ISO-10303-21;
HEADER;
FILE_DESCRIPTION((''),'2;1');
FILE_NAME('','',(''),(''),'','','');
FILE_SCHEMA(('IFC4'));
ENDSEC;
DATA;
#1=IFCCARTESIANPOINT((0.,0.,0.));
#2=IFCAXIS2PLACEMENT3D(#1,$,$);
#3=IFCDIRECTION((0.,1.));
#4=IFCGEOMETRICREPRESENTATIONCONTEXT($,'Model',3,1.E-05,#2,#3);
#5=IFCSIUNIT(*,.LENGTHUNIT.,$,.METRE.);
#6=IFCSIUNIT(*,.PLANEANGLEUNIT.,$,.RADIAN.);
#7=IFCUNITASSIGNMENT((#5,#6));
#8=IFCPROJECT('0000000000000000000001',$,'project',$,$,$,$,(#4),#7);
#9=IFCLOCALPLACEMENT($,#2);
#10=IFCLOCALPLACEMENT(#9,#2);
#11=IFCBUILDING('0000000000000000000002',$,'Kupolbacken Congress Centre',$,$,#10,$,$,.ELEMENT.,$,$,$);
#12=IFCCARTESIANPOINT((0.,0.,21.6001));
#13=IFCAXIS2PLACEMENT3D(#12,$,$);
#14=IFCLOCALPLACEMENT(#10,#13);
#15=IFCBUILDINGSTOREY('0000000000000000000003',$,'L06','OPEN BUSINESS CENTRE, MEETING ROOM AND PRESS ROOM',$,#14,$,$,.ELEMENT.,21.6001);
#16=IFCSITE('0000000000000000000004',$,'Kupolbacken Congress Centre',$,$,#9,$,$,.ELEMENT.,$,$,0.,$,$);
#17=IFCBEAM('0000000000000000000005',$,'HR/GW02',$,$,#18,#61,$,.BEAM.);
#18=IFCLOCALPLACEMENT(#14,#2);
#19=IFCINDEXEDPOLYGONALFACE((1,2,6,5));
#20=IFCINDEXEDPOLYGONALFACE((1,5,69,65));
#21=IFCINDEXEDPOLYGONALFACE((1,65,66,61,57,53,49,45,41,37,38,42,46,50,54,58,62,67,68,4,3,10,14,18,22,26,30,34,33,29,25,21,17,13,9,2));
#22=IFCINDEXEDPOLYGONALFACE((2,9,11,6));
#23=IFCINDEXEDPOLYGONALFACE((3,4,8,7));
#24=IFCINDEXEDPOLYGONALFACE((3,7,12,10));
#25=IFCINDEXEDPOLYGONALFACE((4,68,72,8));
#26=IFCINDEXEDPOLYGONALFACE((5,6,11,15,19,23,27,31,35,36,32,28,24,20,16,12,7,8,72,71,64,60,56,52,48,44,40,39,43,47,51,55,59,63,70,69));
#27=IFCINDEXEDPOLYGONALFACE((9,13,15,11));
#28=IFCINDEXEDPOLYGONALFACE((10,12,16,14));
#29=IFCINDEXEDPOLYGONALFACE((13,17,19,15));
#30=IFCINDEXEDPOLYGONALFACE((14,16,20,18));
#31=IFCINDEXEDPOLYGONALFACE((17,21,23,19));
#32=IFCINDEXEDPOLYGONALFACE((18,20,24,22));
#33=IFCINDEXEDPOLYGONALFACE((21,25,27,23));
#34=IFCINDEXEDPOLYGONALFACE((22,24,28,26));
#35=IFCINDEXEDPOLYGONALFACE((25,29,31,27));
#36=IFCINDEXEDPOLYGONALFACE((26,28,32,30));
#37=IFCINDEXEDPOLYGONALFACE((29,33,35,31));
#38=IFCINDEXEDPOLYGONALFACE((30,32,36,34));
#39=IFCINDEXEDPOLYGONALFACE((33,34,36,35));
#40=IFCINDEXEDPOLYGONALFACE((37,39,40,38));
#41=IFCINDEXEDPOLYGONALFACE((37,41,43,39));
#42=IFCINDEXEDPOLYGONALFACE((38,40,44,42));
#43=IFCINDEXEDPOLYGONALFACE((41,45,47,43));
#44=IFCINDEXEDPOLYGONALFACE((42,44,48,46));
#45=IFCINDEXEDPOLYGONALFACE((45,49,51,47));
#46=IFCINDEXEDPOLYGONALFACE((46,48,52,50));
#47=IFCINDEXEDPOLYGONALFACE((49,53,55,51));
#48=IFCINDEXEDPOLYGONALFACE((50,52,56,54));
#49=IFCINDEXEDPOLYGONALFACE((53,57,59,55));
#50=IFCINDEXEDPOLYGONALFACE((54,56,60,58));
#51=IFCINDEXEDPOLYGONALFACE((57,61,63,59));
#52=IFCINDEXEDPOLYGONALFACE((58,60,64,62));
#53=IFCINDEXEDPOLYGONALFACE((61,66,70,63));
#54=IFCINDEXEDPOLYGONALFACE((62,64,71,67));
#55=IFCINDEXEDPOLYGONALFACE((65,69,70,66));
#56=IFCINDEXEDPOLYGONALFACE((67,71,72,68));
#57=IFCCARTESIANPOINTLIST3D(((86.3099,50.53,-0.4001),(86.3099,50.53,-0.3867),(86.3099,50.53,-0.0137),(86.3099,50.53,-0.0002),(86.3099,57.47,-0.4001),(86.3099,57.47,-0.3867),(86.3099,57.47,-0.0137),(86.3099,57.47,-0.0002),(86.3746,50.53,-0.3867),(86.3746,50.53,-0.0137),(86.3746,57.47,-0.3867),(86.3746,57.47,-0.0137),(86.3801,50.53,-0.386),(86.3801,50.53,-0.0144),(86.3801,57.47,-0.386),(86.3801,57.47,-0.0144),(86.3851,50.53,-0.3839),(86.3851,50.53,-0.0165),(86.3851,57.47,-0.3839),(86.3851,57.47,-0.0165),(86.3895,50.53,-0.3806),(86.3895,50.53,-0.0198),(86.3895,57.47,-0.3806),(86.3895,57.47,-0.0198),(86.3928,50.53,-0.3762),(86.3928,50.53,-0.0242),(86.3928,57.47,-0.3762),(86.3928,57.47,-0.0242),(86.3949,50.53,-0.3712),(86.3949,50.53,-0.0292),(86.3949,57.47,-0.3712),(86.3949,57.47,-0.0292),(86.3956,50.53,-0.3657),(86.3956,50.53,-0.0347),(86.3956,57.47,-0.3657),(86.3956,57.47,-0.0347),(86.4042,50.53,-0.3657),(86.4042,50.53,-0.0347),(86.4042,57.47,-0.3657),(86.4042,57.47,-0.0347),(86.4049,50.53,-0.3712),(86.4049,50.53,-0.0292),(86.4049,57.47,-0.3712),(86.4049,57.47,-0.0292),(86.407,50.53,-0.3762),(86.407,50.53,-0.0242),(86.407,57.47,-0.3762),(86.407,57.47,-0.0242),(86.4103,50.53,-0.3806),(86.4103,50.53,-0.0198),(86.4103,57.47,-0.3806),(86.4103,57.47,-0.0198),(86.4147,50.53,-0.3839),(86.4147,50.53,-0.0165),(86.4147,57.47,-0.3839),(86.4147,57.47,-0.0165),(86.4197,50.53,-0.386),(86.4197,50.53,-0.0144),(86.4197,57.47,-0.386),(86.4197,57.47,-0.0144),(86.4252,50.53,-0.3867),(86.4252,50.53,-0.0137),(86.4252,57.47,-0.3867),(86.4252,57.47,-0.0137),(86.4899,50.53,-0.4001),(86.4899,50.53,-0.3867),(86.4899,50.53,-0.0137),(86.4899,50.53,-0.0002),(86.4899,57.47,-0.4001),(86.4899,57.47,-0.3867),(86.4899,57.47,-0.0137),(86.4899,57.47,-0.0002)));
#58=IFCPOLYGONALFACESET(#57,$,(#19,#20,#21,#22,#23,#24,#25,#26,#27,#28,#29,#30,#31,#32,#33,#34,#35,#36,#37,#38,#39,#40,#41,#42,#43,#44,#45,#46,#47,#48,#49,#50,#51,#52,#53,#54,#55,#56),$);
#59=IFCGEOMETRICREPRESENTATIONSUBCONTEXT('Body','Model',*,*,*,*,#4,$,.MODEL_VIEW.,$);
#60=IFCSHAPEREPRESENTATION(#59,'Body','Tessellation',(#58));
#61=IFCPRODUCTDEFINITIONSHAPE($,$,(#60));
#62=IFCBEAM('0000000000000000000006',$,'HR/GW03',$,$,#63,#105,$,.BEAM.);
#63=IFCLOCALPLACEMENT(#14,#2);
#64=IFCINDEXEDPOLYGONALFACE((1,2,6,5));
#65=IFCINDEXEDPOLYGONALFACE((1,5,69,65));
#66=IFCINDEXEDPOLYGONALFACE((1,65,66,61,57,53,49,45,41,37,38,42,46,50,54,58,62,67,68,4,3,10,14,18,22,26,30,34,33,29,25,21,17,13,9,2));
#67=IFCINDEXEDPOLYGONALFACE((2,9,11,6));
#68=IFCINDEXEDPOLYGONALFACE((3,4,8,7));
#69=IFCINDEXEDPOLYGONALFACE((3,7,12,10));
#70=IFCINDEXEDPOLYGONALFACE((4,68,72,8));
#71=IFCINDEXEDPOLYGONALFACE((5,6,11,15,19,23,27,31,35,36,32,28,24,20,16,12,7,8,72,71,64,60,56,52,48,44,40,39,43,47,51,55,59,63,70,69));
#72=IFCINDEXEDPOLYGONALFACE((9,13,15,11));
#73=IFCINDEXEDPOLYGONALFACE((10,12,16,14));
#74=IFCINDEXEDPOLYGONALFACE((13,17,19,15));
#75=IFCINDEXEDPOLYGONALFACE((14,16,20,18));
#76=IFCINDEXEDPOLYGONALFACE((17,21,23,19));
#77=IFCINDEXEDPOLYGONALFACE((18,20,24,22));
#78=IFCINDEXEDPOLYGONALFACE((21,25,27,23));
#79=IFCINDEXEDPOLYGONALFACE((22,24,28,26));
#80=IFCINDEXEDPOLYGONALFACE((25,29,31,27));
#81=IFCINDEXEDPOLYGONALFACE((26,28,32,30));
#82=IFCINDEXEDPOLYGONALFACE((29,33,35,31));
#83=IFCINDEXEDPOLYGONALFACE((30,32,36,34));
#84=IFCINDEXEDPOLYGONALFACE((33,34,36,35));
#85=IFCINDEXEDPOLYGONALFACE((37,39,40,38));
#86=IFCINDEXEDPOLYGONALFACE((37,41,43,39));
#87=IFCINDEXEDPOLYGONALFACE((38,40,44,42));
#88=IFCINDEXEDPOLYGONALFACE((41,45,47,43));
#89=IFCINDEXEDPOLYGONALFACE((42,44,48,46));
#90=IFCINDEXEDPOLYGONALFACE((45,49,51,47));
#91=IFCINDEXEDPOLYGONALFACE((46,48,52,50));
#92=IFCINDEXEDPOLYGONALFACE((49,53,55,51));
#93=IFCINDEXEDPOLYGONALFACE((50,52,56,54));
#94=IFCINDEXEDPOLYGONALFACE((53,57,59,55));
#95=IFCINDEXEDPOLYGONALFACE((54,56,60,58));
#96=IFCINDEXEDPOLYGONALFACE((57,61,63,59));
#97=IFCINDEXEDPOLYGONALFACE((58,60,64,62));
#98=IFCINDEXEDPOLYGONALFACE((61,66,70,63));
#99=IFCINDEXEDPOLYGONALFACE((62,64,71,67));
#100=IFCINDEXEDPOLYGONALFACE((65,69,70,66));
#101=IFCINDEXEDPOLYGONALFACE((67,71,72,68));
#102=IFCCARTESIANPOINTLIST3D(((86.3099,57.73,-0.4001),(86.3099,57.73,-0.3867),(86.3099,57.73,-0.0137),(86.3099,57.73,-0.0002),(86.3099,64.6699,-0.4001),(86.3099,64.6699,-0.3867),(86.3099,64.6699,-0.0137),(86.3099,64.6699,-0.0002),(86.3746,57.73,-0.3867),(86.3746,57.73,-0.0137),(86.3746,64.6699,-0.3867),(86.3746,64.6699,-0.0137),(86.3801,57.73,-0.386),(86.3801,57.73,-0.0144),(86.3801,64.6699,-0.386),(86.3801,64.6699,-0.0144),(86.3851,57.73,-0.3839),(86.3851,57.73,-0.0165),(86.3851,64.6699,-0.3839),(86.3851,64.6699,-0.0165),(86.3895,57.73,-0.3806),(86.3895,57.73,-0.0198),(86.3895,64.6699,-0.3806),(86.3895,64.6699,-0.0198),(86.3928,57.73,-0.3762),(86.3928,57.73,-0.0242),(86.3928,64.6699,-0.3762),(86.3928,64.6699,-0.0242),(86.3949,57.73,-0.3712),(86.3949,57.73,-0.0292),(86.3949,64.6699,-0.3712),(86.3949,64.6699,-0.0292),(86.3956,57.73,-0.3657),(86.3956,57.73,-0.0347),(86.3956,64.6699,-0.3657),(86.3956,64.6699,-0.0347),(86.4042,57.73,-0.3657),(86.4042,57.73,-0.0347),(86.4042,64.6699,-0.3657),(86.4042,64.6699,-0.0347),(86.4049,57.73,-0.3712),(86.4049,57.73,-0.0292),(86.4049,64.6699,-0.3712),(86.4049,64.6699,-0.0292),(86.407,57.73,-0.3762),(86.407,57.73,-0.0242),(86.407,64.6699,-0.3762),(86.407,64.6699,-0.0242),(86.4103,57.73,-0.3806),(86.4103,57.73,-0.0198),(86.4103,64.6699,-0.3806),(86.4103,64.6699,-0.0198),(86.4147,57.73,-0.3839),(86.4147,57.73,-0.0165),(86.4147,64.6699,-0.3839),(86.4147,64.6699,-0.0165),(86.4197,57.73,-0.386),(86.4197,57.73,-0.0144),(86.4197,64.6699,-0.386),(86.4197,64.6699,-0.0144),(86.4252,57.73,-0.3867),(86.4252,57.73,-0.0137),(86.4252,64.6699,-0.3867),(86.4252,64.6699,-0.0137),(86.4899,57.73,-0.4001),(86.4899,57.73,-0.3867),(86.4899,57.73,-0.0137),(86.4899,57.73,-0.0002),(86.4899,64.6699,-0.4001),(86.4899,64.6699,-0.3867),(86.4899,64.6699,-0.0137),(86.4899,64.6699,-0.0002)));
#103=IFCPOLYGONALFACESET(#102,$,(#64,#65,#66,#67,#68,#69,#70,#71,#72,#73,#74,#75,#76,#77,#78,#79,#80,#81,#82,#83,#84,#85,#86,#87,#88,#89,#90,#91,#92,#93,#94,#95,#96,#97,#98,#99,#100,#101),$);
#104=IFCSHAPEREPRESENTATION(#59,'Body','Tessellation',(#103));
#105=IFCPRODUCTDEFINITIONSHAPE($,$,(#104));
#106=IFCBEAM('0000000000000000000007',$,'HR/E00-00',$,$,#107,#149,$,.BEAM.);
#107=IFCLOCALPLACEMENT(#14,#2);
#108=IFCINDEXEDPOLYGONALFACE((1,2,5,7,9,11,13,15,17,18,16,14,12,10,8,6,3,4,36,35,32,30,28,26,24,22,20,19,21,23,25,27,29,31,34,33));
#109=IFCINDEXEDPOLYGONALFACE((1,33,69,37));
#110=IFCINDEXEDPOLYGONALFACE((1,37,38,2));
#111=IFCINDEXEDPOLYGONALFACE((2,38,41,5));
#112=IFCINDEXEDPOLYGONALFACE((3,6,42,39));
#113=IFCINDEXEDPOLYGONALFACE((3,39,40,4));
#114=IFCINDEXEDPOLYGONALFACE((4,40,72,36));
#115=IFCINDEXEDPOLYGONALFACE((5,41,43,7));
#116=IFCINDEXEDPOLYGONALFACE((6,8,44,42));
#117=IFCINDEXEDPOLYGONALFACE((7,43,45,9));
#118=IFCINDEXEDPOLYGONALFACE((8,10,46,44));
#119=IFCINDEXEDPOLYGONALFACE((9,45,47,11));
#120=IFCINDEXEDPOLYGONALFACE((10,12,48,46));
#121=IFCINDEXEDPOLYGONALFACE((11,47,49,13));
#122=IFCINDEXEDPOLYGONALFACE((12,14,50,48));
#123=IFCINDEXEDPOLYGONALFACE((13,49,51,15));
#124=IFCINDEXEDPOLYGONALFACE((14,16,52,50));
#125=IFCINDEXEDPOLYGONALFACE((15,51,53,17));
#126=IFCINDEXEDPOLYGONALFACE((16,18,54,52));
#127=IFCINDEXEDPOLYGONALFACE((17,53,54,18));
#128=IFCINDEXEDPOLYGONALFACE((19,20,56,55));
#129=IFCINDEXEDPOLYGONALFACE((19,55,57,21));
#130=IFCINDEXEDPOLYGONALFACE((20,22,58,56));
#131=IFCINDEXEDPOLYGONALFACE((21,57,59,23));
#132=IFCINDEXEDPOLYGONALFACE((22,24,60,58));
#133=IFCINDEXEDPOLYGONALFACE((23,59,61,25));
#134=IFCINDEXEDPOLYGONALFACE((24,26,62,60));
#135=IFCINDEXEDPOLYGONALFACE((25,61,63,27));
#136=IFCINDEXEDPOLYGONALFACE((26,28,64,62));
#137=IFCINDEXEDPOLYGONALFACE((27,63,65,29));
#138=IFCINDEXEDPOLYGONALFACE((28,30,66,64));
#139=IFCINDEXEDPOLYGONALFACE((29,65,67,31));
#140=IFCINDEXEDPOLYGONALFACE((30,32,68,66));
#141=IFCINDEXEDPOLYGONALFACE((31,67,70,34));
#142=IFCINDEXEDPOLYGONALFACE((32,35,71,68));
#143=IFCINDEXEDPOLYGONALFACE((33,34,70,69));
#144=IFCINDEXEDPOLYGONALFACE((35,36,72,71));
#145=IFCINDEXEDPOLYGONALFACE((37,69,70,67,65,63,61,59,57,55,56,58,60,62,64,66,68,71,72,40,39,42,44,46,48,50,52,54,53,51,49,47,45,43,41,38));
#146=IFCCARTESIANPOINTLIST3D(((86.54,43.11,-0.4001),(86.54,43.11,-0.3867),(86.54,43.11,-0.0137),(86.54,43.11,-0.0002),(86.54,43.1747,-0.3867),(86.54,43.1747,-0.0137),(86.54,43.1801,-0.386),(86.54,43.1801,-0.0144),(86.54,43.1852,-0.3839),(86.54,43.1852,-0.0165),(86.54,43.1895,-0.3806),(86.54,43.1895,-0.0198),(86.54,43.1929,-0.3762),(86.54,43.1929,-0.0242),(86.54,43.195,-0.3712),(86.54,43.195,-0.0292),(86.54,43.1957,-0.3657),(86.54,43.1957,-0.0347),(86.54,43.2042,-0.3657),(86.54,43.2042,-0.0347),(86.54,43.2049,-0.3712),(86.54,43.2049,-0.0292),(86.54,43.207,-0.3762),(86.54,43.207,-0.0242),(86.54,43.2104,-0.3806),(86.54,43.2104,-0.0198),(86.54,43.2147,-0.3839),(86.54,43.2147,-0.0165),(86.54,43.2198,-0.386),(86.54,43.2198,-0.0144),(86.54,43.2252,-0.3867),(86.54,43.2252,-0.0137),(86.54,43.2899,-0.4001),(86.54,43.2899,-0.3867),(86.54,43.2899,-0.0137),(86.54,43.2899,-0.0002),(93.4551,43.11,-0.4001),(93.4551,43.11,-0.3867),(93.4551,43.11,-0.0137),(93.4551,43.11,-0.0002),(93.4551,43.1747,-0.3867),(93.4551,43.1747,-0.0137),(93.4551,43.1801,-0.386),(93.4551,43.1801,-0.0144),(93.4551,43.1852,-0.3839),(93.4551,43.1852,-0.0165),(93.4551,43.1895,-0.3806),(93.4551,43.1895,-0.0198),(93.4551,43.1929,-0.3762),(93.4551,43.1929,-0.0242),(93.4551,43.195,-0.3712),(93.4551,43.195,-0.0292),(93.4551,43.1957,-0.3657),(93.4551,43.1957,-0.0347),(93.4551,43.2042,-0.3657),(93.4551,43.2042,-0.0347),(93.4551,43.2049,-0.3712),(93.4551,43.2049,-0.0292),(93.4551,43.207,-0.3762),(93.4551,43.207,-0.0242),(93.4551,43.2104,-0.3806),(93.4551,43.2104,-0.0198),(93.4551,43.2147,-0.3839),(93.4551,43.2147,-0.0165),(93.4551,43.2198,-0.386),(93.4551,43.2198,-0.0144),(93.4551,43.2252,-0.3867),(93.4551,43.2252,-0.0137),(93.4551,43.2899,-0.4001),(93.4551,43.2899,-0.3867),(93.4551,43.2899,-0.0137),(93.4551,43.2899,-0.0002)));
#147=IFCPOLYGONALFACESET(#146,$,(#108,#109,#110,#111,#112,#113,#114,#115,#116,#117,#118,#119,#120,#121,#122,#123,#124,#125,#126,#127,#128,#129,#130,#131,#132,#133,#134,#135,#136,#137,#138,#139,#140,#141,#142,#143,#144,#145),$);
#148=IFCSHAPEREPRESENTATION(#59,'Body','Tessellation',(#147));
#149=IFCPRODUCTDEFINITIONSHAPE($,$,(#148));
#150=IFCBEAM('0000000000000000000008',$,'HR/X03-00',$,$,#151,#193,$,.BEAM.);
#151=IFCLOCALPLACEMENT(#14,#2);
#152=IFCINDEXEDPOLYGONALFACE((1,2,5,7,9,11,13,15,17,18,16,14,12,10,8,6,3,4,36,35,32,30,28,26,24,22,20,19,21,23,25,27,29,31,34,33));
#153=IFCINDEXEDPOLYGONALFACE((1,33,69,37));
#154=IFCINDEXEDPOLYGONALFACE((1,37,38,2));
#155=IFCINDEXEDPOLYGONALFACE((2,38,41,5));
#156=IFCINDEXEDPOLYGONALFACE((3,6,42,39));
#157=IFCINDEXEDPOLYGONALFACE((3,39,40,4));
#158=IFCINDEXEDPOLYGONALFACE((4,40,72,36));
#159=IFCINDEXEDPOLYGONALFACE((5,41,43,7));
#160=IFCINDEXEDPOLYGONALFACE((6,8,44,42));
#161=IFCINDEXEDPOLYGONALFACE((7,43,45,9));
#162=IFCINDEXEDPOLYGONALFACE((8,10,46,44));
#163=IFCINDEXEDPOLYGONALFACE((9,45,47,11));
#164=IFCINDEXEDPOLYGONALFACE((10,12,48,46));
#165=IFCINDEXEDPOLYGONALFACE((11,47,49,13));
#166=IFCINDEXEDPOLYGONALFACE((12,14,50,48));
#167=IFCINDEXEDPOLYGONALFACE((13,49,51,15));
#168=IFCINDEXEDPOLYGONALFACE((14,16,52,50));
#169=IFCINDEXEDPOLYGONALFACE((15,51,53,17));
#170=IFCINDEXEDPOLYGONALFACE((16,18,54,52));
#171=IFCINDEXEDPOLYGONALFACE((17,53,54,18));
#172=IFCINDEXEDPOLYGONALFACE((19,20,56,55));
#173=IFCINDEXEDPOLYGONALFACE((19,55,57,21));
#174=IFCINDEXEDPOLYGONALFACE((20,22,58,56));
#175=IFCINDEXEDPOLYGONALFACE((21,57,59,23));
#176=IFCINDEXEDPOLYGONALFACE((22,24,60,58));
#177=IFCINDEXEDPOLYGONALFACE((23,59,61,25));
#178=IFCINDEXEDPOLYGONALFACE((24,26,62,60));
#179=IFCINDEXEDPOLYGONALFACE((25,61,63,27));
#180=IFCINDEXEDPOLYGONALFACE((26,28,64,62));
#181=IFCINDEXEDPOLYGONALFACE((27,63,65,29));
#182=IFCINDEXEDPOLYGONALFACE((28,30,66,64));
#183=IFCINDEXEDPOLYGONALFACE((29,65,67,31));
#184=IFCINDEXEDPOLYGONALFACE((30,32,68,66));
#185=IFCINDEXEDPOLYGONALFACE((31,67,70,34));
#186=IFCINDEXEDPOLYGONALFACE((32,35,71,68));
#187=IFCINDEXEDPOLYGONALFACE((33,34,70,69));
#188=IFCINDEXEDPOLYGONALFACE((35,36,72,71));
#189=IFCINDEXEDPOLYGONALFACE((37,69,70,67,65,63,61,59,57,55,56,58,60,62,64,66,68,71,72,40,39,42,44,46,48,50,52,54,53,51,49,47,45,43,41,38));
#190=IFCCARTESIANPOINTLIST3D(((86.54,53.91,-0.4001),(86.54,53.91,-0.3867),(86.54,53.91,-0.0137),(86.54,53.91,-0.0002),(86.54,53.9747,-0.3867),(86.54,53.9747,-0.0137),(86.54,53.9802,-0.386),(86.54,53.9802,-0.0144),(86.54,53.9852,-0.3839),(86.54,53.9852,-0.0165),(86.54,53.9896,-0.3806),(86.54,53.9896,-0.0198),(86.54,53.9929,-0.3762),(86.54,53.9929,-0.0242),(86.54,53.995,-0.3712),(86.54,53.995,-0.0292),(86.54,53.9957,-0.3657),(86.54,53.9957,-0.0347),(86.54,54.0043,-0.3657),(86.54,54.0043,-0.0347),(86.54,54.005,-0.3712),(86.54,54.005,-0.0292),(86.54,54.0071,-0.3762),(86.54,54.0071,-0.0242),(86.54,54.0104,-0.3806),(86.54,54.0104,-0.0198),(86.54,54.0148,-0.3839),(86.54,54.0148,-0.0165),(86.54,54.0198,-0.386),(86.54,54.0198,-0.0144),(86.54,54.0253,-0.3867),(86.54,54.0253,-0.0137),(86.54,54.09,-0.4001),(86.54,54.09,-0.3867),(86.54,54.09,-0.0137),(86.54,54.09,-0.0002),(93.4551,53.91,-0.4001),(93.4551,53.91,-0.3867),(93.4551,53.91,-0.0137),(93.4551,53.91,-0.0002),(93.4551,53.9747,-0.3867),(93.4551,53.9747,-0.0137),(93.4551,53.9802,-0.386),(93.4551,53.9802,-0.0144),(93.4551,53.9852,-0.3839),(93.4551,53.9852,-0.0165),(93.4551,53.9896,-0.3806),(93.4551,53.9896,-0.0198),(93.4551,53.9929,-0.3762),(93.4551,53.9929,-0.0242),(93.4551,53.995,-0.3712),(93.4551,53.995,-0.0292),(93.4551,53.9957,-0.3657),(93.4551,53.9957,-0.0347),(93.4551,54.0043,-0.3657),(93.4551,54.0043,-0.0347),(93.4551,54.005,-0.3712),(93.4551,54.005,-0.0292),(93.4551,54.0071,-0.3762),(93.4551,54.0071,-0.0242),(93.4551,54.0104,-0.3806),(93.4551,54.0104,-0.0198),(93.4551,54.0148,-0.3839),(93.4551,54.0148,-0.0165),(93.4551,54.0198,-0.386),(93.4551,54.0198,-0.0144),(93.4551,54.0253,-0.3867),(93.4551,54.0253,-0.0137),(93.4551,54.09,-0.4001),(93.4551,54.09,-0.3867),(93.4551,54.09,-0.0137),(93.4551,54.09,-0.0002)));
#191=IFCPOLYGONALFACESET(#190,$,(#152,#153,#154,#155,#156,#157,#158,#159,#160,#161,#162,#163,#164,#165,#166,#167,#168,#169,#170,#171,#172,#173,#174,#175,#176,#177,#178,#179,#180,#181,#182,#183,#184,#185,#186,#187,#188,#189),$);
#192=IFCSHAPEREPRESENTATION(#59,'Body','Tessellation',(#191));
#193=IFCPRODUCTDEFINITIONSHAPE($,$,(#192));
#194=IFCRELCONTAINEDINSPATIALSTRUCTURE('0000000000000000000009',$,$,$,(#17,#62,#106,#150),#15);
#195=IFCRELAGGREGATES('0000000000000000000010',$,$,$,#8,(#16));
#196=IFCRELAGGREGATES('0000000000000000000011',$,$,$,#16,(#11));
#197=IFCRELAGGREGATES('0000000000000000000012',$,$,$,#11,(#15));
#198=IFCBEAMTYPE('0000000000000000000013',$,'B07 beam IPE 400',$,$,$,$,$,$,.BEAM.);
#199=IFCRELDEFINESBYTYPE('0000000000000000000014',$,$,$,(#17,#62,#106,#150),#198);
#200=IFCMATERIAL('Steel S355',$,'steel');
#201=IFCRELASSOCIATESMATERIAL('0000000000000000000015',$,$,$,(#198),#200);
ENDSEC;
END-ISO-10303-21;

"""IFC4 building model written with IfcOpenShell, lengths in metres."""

from ifc_helpers import new_model, si_unit, direction, frame, origin, origin_2d, place, context, subcontext, project, spatial, i_section, extrude, material, material_profile, profile_set, type_object, element, save


model = new_model("IFC4")

# Units and contexts
model_context = context("Model", 3, precision=1e-05, world=origin(), true_north=direction((0.0, 1.0)))
body_context = subcontext(model_context, "Body", "Model", "MODEL_VIEW")
ifc_project = project(units=[si_unit("LENGTHUNIT", "METRE"), si_unit("PLANEANGLEUNIT", "RADIAN")], contexts=[model_context])

# Site, building, storey
site_placement = place(None, origin())
site = spatial("IfcSite", under=ifc_project, at=site_placement, Name="Kupolbacken Congress Centre", CompositionType="ELEMENT", RefElevation=0.0)
building_placement = place(site_placement, origin())
building = spatial("IfcBuilding", under=site, at=building_placement, Name="Kupolbacken Congress Centre", CompositionType="ELEMENT")
storey_placement = place(building_placement, frame((0.0, 0.0, 21.6001)))
storey = spatial("IfcBuildingStorey", under=building, at=storey_placement, Name="L06", Description="OPEN BUSINESS CENTRE, MEETING ROOM AND PRESS ROOM", CompositionType="ELEMENT", Elevation=21.6001)

# Beams
ifc_material_1 = material(Name="Steel S355", Category="steel")
ifc_material_profile_1 = material_profile(ifc_material_1, i_section(OverallWidth=0.1799, OverallDepth=0.3999, WebThickness=0.0085, FlangeThickness=0.0134, FilletRadius=0.021, at=origin_2d()), Name="IPE 400")
ifc_profile_set_1 = profile_set([ifc_material_profile_1], Name="Steel S355")
beam_type_1 = type_object("IfcBeamType", Name="B07 beam IPE 400", PredefinedType="BEAM", material=ifc_profile_set_1)
for number, where, z_axis, x_axis, name in (
    (1, (86.3999, 50.53, -0.2002), (0.0, 1.0, 0.0), (-1.0, 0.0, 0.0), "HR/GW02"),
    (2, (86.3999, 57.73, -0.2002), (0.0, 1.0, 0.0), (-1.0, 0.0, 0.0), "HR/GW03"),
):
    element("IfcBeam", number, at=place(storey_placement, frame(where, z_axis=z_axis, x_axis=x_axis)), inside=storey, type_object=beam_type_1, Name=name, PredefinedType="BEAM", context=body_context, shape_type="SweptSolid", body=[
        extrude(i_section(OverallWidth=0.1799, OverallDepth=0.3999, WebThickness=0.0085, FlangeThickness=0.0134, FilletRadius=0.021, at=origin_2d()), origin(), (0.0, 0.0, 1.0), 6.9399),
    ])
for number, where, z_axis, x_axis, name in (
    (3, (86.54, 43.2, -0.2002), (1.0, 0.0, 0.0), (0.0, 1.0, 0.0), "HR/E00-00"),
    (4, (86.54, 54.0, -0.2002), (1.0, 0.0, 0.0), (0.0, 1.0, 0.0), "HR/X03-00"),
):
    element("IfcBeam", number, at=place(storey_placement, frame(where, z_axis=z_axis, x_axis=x_axis)), inside=storey, type_object=beam_type_1, Name=name, PredefinedType="BEAM", context=body_context, shape_type="SweptSolid", body=[
        extrude(i_section(OverallWidth=0.1799, OverallDepth=0.3999, WebThickness=0.0085, FlangeThickness=0.0134, FilletRadius=0.021, at=origin_2d()), origin(), (0.0, 0.0, 1.0), 6.915),
    ])

save(model, "model.ifc")
